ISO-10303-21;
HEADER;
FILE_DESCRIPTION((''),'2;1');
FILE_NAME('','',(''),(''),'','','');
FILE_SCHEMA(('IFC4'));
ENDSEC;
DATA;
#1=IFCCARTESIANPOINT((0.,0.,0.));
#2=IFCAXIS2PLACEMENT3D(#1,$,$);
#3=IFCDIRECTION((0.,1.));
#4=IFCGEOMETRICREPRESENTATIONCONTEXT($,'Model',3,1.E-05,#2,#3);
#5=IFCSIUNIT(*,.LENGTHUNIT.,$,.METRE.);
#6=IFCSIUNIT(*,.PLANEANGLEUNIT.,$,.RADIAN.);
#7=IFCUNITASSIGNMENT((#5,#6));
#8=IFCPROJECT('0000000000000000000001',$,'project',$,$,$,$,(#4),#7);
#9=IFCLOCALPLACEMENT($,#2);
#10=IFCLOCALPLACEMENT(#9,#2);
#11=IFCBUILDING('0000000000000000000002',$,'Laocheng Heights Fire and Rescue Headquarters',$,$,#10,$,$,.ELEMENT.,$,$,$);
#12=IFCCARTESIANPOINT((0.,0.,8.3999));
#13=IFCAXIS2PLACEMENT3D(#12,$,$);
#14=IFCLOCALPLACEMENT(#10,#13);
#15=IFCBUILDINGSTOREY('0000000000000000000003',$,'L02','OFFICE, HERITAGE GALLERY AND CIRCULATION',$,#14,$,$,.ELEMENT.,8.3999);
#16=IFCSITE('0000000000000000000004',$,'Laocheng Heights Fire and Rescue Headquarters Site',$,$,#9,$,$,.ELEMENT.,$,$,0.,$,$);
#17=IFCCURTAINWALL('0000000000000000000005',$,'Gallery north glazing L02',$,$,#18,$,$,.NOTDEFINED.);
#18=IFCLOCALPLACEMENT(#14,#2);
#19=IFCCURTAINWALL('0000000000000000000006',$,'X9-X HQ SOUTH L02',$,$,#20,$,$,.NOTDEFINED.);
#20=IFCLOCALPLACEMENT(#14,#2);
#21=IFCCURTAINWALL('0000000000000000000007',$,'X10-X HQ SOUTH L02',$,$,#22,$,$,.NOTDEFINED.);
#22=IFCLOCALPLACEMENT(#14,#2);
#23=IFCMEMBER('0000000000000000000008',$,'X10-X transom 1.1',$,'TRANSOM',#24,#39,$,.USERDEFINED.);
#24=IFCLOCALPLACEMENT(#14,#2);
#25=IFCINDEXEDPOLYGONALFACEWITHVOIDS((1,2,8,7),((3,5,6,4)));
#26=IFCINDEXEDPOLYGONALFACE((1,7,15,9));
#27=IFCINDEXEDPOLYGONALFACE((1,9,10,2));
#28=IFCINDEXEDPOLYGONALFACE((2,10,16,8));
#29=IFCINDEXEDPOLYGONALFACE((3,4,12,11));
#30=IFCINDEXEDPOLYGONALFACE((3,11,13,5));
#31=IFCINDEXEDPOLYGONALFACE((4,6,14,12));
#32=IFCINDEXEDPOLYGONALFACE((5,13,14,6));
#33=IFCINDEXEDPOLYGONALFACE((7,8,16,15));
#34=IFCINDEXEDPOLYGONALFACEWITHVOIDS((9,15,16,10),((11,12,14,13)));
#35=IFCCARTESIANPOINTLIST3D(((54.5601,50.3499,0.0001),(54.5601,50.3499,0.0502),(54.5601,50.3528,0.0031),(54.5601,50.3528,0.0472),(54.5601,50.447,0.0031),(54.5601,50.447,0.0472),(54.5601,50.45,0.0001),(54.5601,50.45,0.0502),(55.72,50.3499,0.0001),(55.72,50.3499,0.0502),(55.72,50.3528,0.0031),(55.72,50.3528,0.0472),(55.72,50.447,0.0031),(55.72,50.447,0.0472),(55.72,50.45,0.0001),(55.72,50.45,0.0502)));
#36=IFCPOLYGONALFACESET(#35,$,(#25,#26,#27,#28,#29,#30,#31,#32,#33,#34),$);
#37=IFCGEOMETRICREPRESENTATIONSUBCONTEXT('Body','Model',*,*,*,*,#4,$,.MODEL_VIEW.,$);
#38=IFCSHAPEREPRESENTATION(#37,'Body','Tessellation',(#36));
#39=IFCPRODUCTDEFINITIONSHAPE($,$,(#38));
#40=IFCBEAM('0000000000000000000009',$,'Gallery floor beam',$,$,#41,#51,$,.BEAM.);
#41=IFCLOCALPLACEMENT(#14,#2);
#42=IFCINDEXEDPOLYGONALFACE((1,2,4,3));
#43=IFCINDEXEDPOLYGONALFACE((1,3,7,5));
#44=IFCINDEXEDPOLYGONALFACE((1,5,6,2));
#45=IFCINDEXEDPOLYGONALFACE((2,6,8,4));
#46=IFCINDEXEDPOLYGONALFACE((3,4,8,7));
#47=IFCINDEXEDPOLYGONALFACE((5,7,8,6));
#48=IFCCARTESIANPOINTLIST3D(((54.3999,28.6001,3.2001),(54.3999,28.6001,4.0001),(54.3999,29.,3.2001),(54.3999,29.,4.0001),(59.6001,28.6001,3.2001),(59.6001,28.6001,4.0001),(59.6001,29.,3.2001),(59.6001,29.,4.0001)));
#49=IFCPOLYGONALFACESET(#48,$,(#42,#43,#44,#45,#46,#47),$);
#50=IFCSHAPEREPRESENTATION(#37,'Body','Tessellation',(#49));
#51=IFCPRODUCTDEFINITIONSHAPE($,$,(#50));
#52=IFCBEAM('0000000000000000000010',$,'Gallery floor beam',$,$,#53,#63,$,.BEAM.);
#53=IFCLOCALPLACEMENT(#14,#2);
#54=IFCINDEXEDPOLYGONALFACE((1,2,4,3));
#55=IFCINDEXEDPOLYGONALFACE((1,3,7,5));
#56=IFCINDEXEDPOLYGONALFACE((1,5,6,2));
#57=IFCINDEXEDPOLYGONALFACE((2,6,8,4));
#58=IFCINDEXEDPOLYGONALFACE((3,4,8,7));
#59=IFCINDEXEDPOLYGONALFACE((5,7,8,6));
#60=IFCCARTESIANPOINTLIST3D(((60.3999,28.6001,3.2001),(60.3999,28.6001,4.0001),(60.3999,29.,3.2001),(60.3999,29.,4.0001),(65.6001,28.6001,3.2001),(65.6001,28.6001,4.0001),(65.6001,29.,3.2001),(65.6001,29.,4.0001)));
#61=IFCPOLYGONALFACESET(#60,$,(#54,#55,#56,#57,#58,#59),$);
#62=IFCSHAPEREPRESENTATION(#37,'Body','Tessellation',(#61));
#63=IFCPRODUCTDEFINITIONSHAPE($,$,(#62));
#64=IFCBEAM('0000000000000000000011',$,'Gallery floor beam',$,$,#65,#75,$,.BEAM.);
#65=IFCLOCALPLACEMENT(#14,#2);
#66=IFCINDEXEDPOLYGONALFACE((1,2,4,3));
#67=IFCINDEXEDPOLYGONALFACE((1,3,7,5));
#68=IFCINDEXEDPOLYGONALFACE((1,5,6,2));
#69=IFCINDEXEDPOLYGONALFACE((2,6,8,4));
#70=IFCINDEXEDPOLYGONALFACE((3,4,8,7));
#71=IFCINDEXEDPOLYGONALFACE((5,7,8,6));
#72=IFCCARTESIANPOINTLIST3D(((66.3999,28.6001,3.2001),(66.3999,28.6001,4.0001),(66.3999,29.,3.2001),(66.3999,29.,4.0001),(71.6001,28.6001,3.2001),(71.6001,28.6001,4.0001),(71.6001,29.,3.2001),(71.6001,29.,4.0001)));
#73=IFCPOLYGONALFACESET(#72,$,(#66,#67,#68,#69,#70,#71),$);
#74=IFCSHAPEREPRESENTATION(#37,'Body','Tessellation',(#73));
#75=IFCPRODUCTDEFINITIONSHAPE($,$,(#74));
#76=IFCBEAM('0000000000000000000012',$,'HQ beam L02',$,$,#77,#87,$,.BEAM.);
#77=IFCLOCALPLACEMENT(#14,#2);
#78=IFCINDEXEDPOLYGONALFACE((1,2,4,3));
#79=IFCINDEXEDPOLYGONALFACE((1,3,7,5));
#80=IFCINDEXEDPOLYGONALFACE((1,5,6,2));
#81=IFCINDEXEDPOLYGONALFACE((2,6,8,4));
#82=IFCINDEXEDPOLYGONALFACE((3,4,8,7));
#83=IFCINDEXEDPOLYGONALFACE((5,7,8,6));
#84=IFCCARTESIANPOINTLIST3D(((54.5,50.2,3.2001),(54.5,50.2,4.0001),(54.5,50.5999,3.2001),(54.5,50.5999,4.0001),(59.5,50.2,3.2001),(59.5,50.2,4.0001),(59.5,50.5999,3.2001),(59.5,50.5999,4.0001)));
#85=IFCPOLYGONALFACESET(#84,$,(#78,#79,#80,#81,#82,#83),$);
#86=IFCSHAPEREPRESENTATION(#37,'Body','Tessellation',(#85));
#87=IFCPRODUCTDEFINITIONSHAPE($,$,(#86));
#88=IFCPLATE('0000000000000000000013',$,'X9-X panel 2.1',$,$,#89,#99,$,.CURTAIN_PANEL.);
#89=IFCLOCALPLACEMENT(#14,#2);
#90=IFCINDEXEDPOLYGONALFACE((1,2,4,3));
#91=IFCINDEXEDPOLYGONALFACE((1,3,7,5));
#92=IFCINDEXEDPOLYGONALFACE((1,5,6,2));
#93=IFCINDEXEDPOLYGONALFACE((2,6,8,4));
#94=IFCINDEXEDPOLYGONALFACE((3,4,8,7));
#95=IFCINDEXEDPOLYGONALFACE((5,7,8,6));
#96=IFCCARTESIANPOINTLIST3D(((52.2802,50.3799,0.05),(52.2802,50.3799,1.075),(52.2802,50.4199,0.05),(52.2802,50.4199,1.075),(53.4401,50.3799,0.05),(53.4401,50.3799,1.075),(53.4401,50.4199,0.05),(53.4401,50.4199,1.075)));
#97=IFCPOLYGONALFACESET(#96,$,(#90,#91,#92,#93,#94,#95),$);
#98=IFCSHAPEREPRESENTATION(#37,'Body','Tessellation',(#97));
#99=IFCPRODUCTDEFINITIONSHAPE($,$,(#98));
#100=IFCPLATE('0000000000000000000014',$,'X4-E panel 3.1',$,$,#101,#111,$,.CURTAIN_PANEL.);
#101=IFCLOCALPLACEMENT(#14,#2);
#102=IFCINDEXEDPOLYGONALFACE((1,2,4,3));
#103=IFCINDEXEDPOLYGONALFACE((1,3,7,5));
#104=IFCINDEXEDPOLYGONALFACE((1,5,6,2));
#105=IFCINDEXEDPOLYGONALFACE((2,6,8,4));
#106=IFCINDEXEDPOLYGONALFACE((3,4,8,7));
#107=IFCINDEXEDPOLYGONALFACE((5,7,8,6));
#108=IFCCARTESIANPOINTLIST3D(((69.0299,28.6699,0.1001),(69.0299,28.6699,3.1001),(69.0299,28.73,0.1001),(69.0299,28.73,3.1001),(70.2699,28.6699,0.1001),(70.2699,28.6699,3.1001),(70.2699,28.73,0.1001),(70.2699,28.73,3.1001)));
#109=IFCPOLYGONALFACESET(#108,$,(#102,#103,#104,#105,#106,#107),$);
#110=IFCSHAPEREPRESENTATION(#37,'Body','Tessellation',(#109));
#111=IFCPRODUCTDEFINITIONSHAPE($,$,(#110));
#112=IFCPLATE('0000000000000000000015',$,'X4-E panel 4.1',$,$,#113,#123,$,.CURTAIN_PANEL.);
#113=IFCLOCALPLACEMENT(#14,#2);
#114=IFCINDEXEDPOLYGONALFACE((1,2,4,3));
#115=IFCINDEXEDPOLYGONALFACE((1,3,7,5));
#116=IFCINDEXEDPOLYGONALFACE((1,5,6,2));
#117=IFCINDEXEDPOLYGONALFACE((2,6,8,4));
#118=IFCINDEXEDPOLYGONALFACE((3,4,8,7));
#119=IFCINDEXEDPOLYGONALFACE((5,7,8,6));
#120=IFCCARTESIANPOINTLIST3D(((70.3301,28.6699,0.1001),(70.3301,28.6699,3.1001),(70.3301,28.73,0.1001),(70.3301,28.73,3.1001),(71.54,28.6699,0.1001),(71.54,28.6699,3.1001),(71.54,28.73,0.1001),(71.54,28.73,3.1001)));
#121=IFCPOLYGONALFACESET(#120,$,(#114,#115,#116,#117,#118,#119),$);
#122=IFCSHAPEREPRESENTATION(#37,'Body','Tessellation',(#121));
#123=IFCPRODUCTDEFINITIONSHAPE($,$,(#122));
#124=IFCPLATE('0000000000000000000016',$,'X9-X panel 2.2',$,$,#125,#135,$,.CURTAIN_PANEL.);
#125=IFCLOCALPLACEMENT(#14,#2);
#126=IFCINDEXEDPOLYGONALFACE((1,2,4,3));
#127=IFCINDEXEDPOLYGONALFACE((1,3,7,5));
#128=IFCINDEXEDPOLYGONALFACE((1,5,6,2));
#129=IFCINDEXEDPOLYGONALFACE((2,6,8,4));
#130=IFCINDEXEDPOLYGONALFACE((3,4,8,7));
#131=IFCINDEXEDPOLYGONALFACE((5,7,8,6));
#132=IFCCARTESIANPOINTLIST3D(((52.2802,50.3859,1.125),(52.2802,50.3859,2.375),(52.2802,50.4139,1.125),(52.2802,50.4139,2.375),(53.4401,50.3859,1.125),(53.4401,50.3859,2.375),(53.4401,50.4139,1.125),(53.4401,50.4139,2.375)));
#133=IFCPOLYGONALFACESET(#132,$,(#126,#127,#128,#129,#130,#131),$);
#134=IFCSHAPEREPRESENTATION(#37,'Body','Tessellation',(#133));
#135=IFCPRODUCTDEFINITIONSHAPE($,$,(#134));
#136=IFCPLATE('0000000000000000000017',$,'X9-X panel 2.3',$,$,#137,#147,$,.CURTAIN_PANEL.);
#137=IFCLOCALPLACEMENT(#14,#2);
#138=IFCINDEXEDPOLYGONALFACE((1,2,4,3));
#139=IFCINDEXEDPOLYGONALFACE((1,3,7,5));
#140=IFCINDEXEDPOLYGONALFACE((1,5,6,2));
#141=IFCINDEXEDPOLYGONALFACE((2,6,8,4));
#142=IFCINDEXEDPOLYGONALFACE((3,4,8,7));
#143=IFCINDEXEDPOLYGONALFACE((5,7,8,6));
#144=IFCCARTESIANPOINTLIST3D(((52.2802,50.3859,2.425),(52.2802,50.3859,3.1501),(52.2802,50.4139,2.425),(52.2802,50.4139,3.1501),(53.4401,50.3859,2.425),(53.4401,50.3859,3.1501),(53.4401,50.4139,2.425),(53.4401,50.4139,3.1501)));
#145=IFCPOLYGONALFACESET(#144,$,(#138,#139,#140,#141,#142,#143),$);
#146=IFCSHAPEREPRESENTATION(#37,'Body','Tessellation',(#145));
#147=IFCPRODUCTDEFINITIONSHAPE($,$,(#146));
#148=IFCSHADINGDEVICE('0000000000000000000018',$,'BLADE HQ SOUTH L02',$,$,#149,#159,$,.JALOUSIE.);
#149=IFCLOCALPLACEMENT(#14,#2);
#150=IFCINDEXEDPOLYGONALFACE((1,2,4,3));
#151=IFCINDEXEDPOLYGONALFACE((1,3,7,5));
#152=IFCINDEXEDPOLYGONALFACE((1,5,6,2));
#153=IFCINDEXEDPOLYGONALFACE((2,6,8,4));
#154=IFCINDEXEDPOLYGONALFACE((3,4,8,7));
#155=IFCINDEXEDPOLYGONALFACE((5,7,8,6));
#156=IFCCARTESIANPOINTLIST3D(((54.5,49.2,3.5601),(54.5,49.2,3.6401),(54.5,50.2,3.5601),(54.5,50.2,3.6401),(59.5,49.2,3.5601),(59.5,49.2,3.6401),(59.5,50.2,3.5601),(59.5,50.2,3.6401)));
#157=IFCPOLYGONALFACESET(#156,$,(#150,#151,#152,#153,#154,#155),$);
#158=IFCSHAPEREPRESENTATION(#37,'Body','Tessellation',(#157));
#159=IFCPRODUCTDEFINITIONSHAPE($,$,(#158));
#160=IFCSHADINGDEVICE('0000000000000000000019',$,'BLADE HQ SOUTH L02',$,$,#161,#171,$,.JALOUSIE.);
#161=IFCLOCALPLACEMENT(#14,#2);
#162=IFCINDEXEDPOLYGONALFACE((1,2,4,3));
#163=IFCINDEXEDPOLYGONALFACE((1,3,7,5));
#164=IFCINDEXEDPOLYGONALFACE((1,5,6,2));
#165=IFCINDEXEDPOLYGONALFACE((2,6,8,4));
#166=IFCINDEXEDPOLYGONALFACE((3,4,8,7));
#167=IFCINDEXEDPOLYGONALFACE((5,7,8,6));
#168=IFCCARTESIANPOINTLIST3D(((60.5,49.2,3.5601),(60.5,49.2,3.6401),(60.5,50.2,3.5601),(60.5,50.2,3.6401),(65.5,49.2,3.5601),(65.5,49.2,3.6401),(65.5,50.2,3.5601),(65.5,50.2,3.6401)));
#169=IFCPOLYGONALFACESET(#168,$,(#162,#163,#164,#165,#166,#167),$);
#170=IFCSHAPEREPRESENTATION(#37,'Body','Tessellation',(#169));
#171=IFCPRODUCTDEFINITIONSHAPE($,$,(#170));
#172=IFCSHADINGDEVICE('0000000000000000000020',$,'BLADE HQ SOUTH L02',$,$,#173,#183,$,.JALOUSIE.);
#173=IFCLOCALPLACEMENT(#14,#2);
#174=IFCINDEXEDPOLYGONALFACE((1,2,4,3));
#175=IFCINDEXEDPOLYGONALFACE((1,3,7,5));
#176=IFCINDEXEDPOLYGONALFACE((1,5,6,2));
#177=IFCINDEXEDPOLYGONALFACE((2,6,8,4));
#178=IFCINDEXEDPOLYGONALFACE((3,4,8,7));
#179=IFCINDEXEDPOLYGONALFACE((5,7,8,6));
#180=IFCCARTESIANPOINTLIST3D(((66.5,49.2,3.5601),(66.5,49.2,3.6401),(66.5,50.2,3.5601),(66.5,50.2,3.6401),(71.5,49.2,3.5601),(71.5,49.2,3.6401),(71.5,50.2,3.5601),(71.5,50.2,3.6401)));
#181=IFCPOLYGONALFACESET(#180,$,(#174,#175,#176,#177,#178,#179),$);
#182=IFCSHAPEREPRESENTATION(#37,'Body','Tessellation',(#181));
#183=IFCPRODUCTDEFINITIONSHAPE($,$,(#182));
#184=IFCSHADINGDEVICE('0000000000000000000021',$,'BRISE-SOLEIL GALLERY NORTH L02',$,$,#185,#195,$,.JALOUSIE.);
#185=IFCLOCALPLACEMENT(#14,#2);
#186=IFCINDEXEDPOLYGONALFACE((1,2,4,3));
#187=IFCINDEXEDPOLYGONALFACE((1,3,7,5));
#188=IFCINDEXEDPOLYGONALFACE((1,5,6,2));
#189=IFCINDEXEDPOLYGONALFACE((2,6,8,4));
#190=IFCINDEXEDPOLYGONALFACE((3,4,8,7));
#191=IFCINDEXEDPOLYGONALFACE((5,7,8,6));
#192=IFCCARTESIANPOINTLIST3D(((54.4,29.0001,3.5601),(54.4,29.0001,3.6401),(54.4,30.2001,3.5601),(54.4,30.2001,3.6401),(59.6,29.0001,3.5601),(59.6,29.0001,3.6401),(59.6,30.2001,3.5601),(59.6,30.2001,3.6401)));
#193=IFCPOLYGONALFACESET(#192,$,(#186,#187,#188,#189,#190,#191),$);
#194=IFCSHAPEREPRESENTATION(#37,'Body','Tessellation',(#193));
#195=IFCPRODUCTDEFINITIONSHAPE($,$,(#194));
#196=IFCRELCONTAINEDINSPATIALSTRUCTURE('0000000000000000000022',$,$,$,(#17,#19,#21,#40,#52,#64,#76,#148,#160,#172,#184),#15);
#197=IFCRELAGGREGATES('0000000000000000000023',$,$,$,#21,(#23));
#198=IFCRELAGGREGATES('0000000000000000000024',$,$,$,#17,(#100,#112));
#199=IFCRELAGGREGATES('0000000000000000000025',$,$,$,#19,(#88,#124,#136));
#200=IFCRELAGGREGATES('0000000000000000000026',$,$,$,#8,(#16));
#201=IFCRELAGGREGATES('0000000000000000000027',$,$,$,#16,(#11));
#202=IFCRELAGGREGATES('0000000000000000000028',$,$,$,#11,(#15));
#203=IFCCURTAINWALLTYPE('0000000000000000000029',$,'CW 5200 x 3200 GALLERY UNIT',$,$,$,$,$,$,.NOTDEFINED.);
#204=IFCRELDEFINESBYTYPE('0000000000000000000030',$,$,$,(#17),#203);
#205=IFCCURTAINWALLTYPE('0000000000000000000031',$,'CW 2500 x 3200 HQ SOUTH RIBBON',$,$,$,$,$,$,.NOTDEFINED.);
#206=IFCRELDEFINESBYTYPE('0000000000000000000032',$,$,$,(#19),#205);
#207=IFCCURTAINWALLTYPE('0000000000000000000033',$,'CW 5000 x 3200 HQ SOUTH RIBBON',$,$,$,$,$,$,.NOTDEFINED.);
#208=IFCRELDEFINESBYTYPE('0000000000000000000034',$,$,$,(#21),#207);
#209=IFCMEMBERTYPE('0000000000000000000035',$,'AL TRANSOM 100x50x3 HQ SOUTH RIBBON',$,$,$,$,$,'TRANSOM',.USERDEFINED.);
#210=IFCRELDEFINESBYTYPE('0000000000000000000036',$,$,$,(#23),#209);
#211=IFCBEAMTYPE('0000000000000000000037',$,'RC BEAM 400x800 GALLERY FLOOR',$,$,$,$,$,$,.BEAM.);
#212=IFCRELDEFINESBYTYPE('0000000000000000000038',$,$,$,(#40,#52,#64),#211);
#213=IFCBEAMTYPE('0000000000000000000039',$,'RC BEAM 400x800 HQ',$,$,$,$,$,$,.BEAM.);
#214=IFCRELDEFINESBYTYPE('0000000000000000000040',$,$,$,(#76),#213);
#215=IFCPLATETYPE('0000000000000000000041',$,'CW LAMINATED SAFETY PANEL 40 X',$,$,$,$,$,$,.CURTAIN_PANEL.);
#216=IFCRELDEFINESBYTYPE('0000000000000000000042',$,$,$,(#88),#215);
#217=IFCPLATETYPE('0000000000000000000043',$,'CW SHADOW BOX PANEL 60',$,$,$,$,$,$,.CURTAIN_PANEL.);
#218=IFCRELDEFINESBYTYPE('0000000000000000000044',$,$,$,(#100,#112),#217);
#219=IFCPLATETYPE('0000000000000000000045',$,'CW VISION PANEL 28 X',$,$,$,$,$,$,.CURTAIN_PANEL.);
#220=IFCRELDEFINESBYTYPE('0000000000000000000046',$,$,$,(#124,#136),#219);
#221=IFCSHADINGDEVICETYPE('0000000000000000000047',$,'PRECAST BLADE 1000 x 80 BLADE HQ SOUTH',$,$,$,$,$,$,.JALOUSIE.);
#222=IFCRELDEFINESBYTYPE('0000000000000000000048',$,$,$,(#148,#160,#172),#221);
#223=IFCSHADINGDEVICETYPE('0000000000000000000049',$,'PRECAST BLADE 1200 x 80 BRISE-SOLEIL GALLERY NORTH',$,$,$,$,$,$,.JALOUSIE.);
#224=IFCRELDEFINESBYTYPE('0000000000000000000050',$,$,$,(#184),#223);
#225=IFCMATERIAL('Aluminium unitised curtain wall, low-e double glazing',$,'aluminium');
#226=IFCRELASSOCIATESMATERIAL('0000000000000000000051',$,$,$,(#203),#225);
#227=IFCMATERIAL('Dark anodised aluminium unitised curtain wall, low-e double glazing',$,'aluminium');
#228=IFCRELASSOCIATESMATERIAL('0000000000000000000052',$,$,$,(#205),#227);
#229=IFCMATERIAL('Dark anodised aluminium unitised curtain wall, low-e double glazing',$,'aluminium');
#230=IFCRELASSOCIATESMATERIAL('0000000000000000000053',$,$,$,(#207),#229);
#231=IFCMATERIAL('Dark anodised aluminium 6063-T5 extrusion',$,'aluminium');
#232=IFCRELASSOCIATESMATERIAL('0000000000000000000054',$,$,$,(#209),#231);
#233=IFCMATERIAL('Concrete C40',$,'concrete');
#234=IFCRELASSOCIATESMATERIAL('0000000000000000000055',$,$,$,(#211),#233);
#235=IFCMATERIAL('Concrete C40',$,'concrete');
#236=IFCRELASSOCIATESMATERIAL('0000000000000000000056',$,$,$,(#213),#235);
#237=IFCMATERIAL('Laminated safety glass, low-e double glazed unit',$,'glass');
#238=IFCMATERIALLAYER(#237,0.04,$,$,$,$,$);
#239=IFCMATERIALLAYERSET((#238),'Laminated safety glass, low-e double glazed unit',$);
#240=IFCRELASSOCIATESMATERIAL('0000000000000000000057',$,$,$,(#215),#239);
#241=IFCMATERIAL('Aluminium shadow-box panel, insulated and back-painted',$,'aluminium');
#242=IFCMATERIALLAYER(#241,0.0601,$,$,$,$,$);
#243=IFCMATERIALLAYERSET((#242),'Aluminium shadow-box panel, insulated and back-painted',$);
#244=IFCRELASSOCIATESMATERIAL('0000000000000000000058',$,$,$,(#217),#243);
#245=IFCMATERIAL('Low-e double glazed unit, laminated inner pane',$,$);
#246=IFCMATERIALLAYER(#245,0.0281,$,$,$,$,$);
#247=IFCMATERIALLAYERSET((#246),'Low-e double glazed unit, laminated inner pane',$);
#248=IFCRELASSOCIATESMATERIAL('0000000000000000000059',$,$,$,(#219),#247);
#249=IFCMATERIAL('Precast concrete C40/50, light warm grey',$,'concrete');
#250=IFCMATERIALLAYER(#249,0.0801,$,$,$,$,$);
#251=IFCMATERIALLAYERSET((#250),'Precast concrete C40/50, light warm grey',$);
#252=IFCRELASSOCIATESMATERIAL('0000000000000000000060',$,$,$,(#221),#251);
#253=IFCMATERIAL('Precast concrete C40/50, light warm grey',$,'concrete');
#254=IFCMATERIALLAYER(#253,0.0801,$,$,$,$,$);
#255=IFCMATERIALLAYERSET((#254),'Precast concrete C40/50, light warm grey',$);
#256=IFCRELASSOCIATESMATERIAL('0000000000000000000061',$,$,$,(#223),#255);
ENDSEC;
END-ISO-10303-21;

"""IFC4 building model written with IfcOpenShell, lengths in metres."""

from ifc_helpers import new_model, si_unit, direction, frame, origin, origin_2d, place, context, subcontext, project, spatial, rectangle, hollow_rectangle, extrude, material, layer, layer_set, material_profile, profile_set, type_object, element, aggregate, save


model = new_model("IFC4")

# Units and contexts
model_context = context("Model", 3, precision=1e-05, world=origin(), true_north=direction((0.0, 1.0)))
body_context = subcontext(model_context, "Body", "Model", "MODEL_VIEW")
ifc_project = project(units=[si_unit("LENGTHUNIT", "METRE"), si_unit("PLANEANGLEUNIT", "RADIAN")], contexts=[model_context])

# Site, building, storey
site_placement = place(None, origin())
site = spatial("IfcSite", under=ifc_project, at=site_placement, Name="Laocheng Heights Fire and Rescue Headquarters Site", CompositionType="ELEMENT", RefElevation=0.0)
building_placement = place(site_placement, origin())
building = spatial("IfcBuilding", under=site, at=building_placement, Name="Laocheng Heights Fire and Rescue Headquarters", CompositionType="ELEMENT")
storey_placement = place(building_placement, frame((0.0, 0.0, 8.3999)))
storey = spatial("IfcBuildingStorey", under=building, at=storey_placement, Name="L02", Description="OFFICE, HERITAGE GALLERY AND CIRCULATION", CompositionType="ELEMENT", Elevation=8.3999)

# Curtain wall
ifc_material_1 = material(Name="Aluminium unitised curtain wall, low-e double glazing", Category="aluminium")
curtain_wall_type_1 = type_object("IfcCurtainWallType", Name="CW 5200 x 3200 GALLERY UNIT", PredefinedType="NOTDEFINED", material=ifc_material_1)
curtain_wall_1_placement = place(storey_placement, origin())
curtain_wall_1 = element("IfcCurtainWall", 1, at=curtain_wall_1_placement, inside=storey, type_object=curtain_wall_type_1, Name="Gallery north glazing L02", PredefinedType="NOTDEFINED")

# Curtain wall
ifc_material_2 = material(Name="Dark anodised aluminium unitised curtain wall, low-e double glazing", Category="aluminium")
curtain_wall_type_2 = type_object("IfcCurtainWallType", Name="CW 2500 x 3200 HQ SOUTH RIBBON", PredefinedType="NOTDEFINED", material=ifc_material_2)
curtain_wall_2_placement = place(storey_placement, origin())
curtain_wall_2 = element("IfcCurtainWall", 2, at=curtain_wall_2_placement, inside=storey, type_object=curtain_wall_type_2, Name="X9-X HQ SOUTH L02", PredefinedType="NOTDEFINED")

# Curtain wall, member
ifc_material_3 = material(Name="Dark anodised aluminium unitised curtain wall, low-e double glazing", Category="aluminium")
curtain_wall_type_3 = type_object("IfcCurtainWallType", Name="CW 5000 x 3200 HQ SOUTH RIBBON", PredefinedType="NOTDEFINED", material=ifc_material_3)
curtain_wall_3_placement = place(storey_placement, origin())
curtain_wall_3 = element("IfcCurtainWall", 3, at=curtain_wall_3_placement, inside=storey, type_object=curtain_wall_type_3, Name="X10-X HQ SOUTH L02", PredefinedType="NOTDEFINED")
ifc_material_4 = material(Name="Dark anodised aluminium 6063-T5 extrusion", Category="aluminium")
ifc_material_profile_1 = material_profile(ifc_material_4, hollow_rectangle(XDim=0.1001, YDim=0.05, WallThickness=0.0029, at=origin_2d()), Name="AL TRANSOM 100x50x3 HQ SOUTH RIBBON")
ifc_profile_set_1 = profile_set([ifc_material_profile_1], Name="Dark anodised aluminium 6063-T5 extrusion")
member_type_1 = type_object("IfcMemberType", Name="AL TRANSOM 100x50x3 HQ SOUTH RIBBON", ElementType="TRANSOM", PredefinedType="USERDEFINED", material=ifc_profile_set_1)
member_1_placement = place(storey_placement, frame((54.5601, 50.3999, 0.0251), z_axis=(1.0, 0.0, 0.0), x_axis=(0.0, 1.0, 0.0)))
member_1 = element("IfcMember", 4, at=member_1_placement, type_object=member_type_1, Name="X10-X transom 1.1", ObjectType="TRANSOM", PredefinedType="USERDEFINED", context=body_context, shape_type="SweptSolid", body=[
    extrude(hollow_rectangle(XDim=0.1001, YDim=0.05, WallThickness=0.0029, at=origin_2d()), origin(), (0.0, 0.0, 1.0), 1.1599),
])
aggregate(curtain_wall_3, [member_1])

# Beams
ifc_material_5 = material(Name="Concrete C40", Category="concrete")
ifc_material_profile_2 = material_profile(ifc_material_5, rectangle(XDim=0.3999, YDim=0.8, at=origin_2d()), Name="RC BEAM 400x800 GALLERY FLOOR")
ifc_profile_set_2 = profile_set([ifc_material_profile_2], Name="Concrete C40")
beam_type_1 = type_object("IfcBeamType", Name="RC BEAM 400x800 GALLERY FLOOR", PredefinedType="BEAM", material=ifc_profile_set_2)
for number, where, z_axis, x_axis, name in (
    (5, (54.3999, 28.8, 3.6001), (1.0, 0.0, 0.0), (0.0, 1.0, 0.0), "Gallery floor beam"),
    (6, (60.3999, 28.8, 3.6001), (1.0, 0.0, 0.0), (0.0, 1.0, 0.0), "Gallery floor beam"),
    (7, (66.3999, 28.8, 3.6001), (1.0, 0.0, 0.0), (0.0, 1.0, 0.0), "Gallery floor beam"),
):
    element("IfcBeam", number, at=place(storey_placement, frame(where, z_axis=z_axis, x_axis=x_axis)), inside=storey, type_object=beam_type_1, Name=name, PredefinedType="BEAM", context=body_context, shape_type="SweptSolid", body=[
        extrude(rectangle(XDim=0.3999, YDim=0.8, at=origin_2d()), origin(), (0.0, 0.0, 1.0), 5.2002),
    ])
ifc_material_6 = material(Name="Concrete C40", Category="concrete")
ifc_material_profile_3 = material_profile(ifc_material_6, rectangle(XDim=0.3999, YDim=0.8, at=origin_2d()), Name="RC BEAM 400x800 HQ")
ifc_profile_set_3 = profile_set([ifc_material_profile_3], Name="Concrete C40")
beam_type_2 = type_object("IfcBeamType", Name="RC BEAM 400x800 HQ", PredefinedType="BEAM", material=ifc_profile_set_3)
beam_placement = place(storey_placement, frame((54.5, 50.3999, 3.6001), z_axis=(1.0, 0.0, 0.0), x_axis=(0.0, 1.0, 0.0)))
element("IfcBeam", 8, at=beam_placement, inside=storey, type_object=beam_type_2, Name="HQ beam L02", PredefinedType="BEAM", context=body_context, shape_type="SweptSolid", body=[
    extrude(rectangle(XDim=0.3999, YDim=0.8, at=origin_2d()), origin(), (0.0, 0.0, 1.0), 5.0),
])

# Plates
ifc_material_7 = material(Name="Laminated safety glass, low-e double glazed unit", Category="glass")
ifc_layer_1 = layer(ifc_material_7, 0.04)
ifc_layer_set_1 = layer_set([ifc_layer_1], Name="Laminated safety glass, low-e double glazed unit")
plate_type_1 = type_object("IfcPlateType", Name="CW LAMINATED SAFETY PANEL 40 X", PredefinedType="CURTAIN_PANEL", material=ifc_layer_set_1)
plate_1_placement = place(storey_placement, frame((52.8601, 50.3999, 0.05), z_axis=(0.0, 0.0, 1.0), x_axis=(1.0, 0.0, 0.0)))
plate_1 = element("IfcPlate", 9, at=plate_1_placement, type_object=plate_type_1, Name="X9-X panel 2.1", PredefinedType="CURTAIN_PANEL", context=body_context, shape_type="SweptSolid", body=[
    extrude(rectangle(XDim=1.1599, YDim=0.04, at=origin_2d()), origin(), (0.0, 0.0, 1.0), 1.0249),
])
ifc_material_8 = material(Name="Aluminium shadow-box panel, insulated and back-painted", Category="aluminium")
ifc_layer_2 = layer(ifc_material_8, 0.0601)
ifc_layer_set_2 = layer_set([ifc_layer_2], Name="Aluminium shadow-box panel, insulated and back-painted")
plate_type_2 = type_object("IfcPlateType", Name="CW SHADOW BOX PANEL 60", PredefinedType="CURTAIN_PANEL", material=ifc_layer_set_2)
plate_2_placement = place(storey_placement, frame((69.6499, 28.7, 0.1001), z_axis=(0.0, 0.0, 1.0), x_axis=(1.0, 0.0, 0.0)))
plate_2 = element("IfcPlate", 10, at=plate_2_placement, type_object=plate_type_2, Name="X4-E panel 3.1", PredefinedType="CURTAIN_PANEL", context=body_context, shape_type="SweptSolid", body=[
    extrude(rectangle(XDim=1.24, YDim=0.0601, at=origin_2d()), origin(), (0.0, 0.0, 1.0), 3.0),
])
plate_3_placement = place(storey_placement, frame((70.9351, 28.7, 0.1001), z_axis=(0.0, 0.0, 1.0), x_axis=(1.0, 0.0, 0.0)))
plate_3 = element("IfcPlate", 11, at=plate_3_placement, type_object=plate_type_2, Name="X4-E panel 4.1", PredefinedType="CURTAIN_PANEL", context=body_context, shape_type="SweptSolid", body=[
    extrude(rectangle(XDim=1.21, YDim=0.0601, at=origin_2d()), origin(), (0.0, 0.0, 1.0), 3.0),
])
aggregate(curtain_wall_1, [plate_2, plate_3])
ifc_material_9 = material(Name="Low-e double glazed unit, laminated inner pane")
ifc_layer_3 = layer(ifc_material_9, 0.0281)
ifc_layer_set_3 = layer_set([ifc_layer_3], Name="Low-e double glazed unit, laminated inner pane")
plate_type_3 = type_object("IfcPlateType", Name="CW VISION PANEL 28 X", PredefinedType="CURTAIN_PANEL", material=ifc_layer_set_3)
plate_4_placement = place(storey_placement, frame((52.8601, 50.3999, 1.125), z_axis=(0.0, 0.0, 1.0), x_axis=(1.0, 0.0, 0.0)))
plate_4 = element("IfcPlate", 12, at=plate_4_placement, type_object=plate_type_3, Name="X9-X panel 2.2", PredefinedType="CURTAIN_PANEL", context=body_context, shape_type="SweptSolid", body=[
    extrude(rectangle(XDim=1.1599, YDim=0.0281, at=origin_2d()), origin(), (0.0, 0.0, 1.0), 1.25),
])
plate_5_placement = place(storey_placement, frame((52.8601, 50.3999, 2.425), z_axis=(0.0, 0.0, 1.0), x_axis=(1.0, 0.0, 0.0)))
plate_5 = element("IfcPlate", 13, at=plate_5_placement, type_object=plate_type_3, Name="X9-X panel 2.3", PredefinedType="CURTAIN_PANEL", context=body_context, shape_type="SweptSolid", body=[
    extrude(rectangle(XDim=1.1599, YDim=0.0281, at=origin_2d()), origin(), (0.0, 0.0, 1.0), 0.7251),
])
aggregate(curtain_wall_2, [plate_1, plate_4, plate_5])

# Shading devices
ifc_material_10 = material(Name="Precast concrete C40/50, light warm grey", Category="concrete")
ifc_layer_4 = layer(ifc_material_10, 0.0801)
ifc_layer_set_4 = layer_set([ifc_layer_4], Name="Precast concrete C40/50, light warm grey")
shading_device_type_1 = type_object("IfcShadingDeviceType", Name="PRECAST BLADE 1000 x 80 BLADE HQ SOUTH", PredefinedType="JALOUSIE", material=ifc_layer_set_4)
for number, where, z_axis, x_axis, name in (
    (14, (57.0, 49.7, 3.5601), (0.0, 0.0, 1.0), (1.0, 0.0, 0.0), "BLADE HQ SOUTH L02"),
    (15, (63.0, 49.7, 3.5601), (0.0, 0.0, 1.0), (1.0, 0.0, 0.0), "BLADE HQ SOUTH L02"),
    (16, (69.0, 49.7, 3.5601), (0.0, 0.0, 1.0), (1.0, 0.0, 0.0), "BLADE HQ SOUTH L02"),
):
    element("IfcShadingDevice", number, at=place(storey_placement, frame(where, z_axis=z_axis, x_axis=x_axis)), inside=storey, type_object=shading_device_type_1, Name=name, PredefinedType="JALOUSIE", context=body_context, shape_type="SweptSolid", body=[
        extrude(rectangle(XDim=5.0, YDim=1.0, at=origin_2d()), origin(), (0.0, 0.0, 1.0), 0.0801),
    ])
ifc_material_11 = material(Name="Precast concrete C40/50, light warm grey", Category="concrete")
ifc_layer_5 = layer(ifc_material_11, 0.0801)
ifc_layer_set_5 = layer_set([ifc_layer_5], Name="Precast concrete C40/50, light warm grey")
shading_device_type_2 = type_object("IfcShadingDeviceType", Name="PRECAST BLADE 1200 x 80 BRISE-SOLEIL GALLERY NORTH", PredefinedType="JALOUSIE", material=ifc_layer_set_5)
for number, where, z_axis, x_axis, name in (
    (17, (57.0, 29.6001, 3.5601), (0.0, 0.0, 1.0), (1.0, 0.0, 0.0), "BRISE-SOLEIL GALLERY NORTH L02"),
):
    element("IfcShadingDevice", number, at=place(storey_placement, frame(where, z_axis=z_axis, x_axis=x_axis)), inside=storey, type_object=shading_device_type_2, Name=name, PredefinedType="JALOUSIE", context=body_context, shape_type="SweptSolid", body=[
        extrude(rectangle(XDim=5.2, YDim=1.2, at=origin_2d()), origin(), (0.0, 0.0, 1.0), 0.0801),
    ])

save(model, "model.ifc")
